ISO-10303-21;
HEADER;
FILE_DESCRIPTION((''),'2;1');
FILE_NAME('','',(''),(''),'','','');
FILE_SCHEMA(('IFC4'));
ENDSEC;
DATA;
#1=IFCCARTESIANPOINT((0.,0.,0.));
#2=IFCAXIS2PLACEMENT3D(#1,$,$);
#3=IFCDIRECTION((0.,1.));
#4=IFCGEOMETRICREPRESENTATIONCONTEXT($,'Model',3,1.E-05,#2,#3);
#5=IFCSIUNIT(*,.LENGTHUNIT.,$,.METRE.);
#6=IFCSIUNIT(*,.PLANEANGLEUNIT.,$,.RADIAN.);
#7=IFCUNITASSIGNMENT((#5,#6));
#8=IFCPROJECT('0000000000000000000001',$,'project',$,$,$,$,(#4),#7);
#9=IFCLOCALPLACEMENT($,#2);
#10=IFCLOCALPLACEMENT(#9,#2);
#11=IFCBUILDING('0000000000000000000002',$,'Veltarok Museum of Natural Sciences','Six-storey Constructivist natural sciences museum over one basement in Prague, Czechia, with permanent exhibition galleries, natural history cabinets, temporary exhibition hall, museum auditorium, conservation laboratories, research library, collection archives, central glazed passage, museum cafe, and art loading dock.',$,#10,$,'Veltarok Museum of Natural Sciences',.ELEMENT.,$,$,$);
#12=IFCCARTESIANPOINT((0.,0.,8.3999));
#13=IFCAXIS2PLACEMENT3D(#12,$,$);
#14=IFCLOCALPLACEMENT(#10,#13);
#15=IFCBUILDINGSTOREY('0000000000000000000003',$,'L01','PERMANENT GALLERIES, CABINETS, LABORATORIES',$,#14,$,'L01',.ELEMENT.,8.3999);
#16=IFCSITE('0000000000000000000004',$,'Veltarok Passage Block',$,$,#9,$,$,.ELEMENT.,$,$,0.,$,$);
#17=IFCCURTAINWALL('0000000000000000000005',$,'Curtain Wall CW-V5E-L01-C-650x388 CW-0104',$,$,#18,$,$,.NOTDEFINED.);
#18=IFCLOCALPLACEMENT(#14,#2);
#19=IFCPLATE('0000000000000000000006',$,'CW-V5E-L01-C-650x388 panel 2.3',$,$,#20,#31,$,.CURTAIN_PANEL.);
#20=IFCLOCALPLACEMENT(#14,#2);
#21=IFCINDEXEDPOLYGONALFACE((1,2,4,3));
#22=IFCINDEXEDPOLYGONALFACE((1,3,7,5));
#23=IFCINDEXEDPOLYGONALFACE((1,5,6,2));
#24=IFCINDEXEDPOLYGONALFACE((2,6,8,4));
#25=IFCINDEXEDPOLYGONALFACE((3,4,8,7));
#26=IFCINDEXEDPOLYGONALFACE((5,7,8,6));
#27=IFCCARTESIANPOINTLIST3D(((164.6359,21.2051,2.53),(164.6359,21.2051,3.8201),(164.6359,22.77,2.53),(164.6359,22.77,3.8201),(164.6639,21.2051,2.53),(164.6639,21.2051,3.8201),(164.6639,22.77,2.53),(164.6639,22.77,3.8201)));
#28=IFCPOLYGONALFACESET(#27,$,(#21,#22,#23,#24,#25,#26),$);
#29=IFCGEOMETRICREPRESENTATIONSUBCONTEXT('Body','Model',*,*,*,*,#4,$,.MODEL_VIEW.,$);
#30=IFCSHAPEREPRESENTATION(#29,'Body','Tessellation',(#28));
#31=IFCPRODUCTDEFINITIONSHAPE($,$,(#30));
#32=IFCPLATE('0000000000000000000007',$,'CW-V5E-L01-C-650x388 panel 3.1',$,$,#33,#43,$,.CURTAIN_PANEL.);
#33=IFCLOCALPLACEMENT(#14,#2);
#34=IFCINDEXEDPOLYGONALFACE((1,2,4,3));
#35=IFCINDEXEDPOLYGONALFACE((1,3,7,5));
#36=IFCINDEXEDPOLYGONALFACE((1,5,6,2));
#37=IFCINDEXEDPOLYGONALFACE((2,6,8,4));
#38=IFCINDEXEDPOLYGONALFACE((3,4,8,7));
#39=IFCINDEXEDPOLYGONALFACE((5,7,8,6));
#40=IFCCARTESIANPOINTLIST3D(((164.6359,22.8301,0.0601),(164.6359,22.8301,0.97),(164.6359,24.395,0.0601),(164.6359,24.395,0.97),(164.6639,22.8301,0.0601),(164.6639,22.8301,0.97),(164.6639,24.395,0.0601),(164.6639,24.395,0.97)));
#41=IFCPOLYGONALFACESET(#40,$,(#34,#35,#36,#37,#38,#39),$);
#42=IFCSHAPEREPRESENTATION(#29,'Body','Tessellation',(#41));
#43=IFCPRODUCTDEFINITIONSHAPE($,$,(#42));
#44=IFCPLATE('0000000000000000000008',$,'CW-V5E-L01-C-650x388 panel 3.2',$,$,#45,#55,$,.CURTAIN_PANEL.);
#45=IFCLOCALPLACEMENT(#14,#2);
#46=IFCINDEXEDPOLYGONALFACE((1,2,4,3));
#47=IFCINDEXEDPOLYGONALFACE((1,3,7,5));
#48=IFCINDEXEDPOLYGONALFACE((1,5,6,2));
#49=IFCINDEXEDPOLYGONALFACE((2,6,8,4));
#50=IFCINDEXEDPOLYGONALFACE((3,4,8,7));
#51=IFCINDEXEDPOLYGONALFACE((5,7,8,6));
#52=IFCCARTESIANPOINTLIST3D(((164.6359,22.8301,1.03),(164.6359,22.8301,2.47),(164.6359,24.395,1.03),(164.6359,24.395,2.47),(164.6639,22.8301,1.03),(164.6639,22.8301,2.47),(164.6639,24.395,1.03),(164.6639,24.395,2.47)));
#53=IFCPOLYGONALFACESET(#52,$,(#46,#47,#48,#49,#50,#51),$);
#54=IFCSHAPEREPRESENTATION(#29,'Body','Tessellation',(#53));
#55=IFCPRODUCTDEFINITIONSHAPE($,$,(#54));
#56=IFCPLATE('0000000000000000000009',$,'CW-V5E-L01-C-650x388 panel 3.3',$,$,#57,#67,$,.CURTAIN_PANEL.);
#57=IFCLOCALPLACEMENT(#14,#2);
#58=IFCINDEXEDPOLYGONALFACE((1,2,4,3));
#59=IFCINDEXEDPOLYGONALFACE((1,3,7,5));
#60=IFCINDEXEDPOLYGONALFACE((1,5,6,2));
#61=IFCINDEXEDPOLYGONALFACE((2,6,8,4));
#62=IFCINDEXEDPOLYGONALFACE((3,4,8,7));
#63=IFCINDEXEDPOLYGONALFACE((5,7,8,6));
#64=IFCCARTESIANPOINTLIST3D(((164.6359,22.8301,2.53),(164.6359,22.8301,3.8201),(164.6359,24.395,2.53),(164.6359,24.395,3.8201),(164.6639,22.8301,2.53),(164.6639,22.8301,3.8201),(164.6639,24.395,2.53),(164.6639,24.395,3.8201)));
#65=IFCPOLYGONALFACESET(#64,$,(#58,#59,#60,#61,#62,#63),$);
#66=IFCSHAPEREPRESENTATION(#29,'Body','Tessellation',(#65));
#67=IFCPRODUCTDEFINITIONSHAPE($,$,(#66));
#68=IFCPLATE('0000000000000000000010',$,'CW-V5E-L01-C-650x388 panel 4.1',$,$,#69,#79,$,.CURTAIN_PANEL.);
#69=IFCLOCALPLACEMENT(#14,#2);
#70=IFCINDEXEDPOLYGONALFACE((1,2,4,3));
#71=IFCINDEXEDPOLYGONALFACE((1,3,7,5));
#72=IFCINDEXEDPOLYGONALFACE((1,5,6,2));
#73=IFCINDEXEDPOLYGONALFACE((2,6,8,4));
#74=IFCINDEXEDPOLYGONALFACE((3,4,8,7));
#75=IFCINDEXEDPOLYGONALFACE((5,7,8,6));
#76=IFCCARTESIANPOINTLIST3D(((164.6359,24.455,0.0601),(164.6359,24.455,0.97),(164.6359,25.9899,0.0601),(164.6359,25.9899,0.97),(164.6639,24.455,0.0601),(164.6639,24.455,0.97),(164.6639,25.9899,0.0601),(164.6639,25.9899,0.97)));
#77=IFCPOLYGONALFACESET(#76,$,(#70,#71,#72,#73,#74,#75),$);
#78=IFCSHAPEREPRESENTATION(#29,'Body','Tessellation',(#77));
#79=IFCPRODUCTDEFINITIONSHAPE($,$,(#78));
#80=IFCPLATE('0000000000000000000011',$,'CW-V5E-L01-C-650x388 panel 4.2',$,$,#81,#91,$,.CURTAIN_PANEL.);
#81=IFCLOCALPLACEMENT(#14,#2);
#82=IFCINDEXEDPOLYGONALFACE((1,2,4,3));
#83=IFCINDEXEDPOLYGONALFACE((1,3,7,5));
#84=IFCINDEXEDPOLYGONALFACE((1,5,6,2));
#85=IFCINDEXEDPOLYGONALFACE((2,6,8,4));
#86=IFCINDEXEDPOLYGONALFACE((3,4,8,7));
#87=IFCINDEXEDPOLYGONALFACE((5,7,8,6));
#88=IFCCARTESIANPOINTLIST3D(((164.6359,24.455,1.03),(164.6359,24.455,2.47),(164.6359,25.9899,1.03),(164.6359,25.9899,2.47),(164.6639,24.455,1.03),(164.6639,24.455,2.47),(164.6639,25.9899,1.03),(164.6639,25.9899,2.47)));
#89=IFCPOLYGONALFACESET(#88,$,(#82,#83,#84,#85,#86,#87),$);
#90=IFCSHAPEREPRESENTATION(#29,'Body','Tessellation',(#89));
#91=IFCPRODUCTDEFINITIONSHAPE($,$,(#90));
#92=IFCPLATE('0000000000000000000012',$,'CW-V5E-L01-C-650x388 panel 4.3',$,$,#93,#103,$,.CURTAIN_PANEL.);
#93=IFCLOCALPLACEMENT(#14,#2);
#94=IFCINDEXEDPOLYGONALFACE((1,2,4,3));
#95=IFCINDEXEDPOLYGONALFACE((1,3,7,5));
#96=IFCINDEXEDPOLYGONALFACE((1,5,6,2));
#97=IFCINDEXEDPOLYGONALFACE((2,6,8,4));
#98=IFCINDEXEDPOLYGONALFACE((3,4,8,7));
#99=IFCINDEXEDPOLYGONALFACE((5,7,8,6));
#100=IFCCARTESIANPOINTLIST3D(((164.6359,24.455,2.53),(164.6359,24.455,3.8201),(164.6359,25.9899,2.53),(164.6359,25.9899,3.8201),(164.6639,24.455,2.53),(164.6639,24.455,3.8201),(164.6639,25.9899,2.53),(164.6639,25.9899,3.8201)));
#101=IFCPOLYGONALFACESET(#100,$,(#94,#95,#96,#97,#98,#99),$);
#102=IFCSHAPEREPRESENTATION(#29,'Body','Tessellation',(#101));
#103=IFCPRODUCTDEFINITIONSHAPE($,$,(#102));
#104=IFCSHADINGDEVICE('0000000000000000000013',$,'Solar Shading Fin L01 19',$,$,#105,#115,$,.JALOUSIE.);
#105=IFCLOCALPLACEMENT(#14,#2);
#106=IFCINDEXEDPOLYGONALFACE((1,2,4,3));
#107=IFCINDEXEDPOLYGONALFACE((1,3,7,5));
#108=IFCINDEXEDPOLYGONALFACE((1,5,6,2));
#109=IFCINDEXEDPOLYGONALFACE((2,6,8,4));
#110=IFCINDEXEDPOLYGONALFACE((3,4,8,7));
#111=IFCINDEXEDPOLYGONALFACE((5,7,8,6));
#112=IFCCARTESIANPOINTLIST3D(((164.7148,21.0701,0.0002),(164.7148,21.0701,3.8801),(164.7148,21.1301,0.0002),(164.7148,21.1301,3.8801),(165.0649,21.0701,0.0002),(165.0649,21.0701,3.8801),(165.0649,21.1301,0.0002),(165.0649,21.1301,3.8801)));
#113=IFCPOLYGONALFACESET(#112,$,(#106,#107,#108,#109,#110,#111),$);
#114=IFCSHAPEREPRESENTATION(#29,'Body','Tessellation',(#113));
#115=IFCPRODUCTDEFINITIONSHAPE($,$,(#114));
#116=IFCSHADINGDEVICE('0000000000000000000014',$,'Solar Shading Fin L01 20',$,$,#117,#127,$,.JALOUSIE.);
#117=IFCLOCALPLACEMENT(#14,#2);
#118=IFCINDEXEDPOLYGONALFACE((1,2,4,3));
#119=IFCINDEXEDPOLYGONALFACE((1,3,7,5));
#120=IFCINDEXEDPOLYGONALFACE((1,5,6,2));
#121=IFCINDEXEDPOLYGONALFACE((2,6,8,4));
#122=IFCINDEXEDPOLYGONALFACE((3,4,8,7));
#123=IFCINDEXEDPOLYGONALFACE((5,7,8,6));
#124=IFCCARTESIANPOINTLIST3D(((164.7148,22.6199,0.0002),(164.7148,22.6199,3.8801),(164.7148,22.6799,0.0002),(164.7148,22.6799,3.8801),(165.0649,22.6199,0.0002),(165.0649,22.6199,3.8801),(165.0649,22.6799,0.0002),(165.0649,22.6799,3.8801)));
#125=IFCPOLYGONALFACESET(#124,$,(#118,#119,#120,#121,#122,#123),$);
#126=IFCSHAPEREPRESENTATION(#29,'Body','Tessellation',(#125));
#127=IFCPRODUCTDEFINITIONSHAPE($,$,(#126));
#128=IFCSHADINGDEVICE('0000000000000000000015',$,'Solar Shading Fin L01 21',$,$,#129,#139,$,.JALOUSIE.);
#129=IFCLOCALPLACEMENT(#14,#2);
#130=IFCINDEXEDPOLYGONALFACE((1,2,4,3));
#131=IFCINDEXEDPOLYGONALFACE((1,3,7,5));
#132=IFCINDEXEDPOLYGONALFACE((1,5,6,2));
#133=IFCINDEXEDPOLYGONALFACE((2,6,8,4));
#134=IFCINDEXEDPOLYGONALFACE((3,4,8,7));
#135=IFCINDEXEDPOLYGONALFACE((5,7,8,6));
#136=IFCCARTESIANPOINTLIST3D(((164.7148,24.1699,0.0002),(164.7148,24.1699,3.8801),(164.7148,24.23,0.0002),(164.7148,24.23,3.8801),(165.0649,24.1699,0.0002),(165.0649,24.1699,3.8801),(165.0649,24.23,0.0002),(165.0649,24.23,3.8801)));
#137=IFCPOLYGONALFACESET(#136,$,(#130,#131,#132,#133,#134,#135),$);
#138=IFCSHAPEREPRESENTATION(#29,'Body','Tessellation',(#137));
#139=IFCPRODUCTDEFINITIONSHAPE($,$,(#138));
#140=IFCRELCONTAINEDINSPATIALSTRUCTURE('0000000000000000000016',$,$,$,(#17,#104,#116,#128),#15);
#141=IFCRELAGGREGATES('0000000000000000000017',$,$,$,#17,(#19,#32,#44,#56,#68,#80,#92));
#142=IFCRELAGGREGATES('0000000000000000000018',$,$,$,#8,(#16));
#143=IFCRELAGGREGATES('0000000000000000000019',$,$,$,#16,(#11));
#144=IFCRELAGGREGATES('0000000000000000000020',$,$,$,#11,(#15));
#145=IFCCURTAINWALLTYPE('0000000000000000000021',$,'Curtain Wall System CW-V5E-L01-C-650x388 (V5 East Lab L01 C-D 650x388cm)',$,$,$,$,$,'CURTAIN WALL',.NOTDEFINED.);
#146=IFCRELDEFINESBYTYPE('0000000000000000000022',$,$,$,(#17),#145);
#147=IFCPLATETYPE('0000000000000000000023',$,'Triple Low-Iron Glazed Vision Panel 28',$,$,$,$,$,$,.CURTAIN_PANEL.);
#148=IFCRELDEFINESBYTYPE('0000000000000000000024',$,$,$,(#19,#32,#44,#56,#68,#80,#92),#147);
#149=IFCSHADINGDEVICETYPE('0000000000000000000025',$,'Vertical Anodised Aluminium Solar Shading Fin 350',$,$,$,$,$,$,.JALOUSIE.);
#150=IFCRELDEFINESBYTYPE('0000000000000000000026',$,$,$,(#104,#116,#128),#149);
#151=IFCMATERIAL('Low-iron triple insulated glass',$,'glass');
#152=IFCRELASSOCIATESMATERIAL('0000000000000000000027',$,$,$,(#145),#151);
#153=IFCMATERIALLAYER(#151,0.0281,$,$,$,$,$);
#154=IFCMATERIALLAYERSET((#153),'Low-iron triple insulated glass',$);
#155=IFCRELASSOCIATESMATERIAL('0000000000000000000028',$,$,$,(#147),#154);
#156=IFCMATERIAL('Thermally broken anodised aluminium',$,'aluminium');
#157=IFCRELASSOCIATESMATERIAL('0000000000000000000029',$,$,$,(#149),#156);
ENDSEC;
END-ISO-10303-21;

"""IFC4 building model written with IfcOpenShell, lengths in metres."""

from ifc_helpers import new_model, si_unit, direction, frame, origin, origin_2d, place, context, subcontext, project, spatial, rectangle, extrude, material, layer, layer_set, type_object, element, aggregate, save


model = new_model("IFC4")

# Units and contexts
model_context = context("Model", 3, precision=1e-05, world=origin(), true_north=direction((0.0, 1.0)))
body_context = subcontext(model_context, "Body", "Model", "MODEL_VIEW")
ifc_project = project(units=[si_unit("LENGTHUNIT", "METRE"), si_unit("PLANEANGLEUNIT", "RADIAN")], contexts=[model_context])

# Site, building, storey
site_placement = place(None, origin())
site = spatial("IfcSite", under=ifc_project, at=site_placement, Name="Veltarok Passage Block", CompositionType="ELEMENT", RefElevation=0.0)
building_placement = place(site_placement, origin())
building = spatial("IfcBuilding", under=site, at=building_placement, Name="Veltarok Museum of Natural Sciences", Description="Six-storey Constructivist natural sciences museum over one basement in Prague, Czechia, with permanent exhibition galleries, natural history cabinets, temporary exhibition hall, museum auditorium, conservation laboratories, research library, collection archives, central glazed passage, museum cafe, and art loading dock.", LongName="Veltarok Museum of Natural Sciences", CompositionType="ELEMENT")
storey_placement = place(building_placement, frame((0.0, 0.0, 8.3999)))
storey = spatial("IfcBuildingStorey", under=building, at=storey_placement, Name="L01", Description="PERMANENT GALLERIES, CABINETS, LABORATORIES", LongName="L01", CompositionType="ELEMENT", Elevation=8.3999)

# Curtain wall, plates
ifc_material_1 = material(Name="Low-iron triple insulated glass", Category="glass")
curtain_wall_type = type_object("IfcCurtainWallType", Name="Curtain Wall System CW-V5E-L01-C-650x388 (V5 East Lab L01 C-D 650x388cm)", ElementType="CURTAIN WALL", PredefinedType="NOTDEFINED", material=ifc_material_1)
curtain_wall_placement = place(storey_placement, origin())
curtain_wall = element("IfcCurtainWall", 1, at=curtain_wall_placement, inside=storey, type_object=curtain_wall_type, Name="Curtain Wall CW-V5E-L01-C-650x388 CW-0104", PredefinedType="NOTDEFINED")
ifc_material_2 = material(Name="Thermally broken anodised aluminium", Category="aluminium")
ifc_layer = layer(ifc_material_1, 0.0281)
ifc_layer_set = layer_set([ifc_layer], Name="Low-iron triple insulated glass")
plate_type = type_object("IfcPlateType", Name="Triple Low-Iron Glazed Vision Panel 28", PredefinedType="CURTAIN_PANEL", material=ifc_layer_set)
plate_1_placement = place(storey_placement, frame((164.6499, 21.9875, 2.53), z_axis=(0.0, 0.0, 1.0), x_axis=(0.0, 1.0, 0.0)))
plate_1 = element("IfcPlate", 2, at=plate_1_placement, type_object=plate_type, Name="CW-V5E-L01-C-650x388 panel 2.3", PredefinedType="CURTAIN_PANEL", context=body_context, shape_type="SweptSolid", body=[
    extrude(rectangle(XDim=1.5649, YDim=0.0281, at=origin_2d()), origin(), (0.0, 0.0, 1.0), 1.29),
])
plate_2_placement = place(storey_placement, frame((164.6499, 23.6125, 0.0601), z_axis=(0.0, 0.0, 1.0), x_axis=(0.0, 1.0, 0.0)))
plate_2 = element("IfcPlate", 3, at=plate_2_placement, type_object=plate_type, Name="CW-V5E-L01-C-650x388 panel 3.1", PredefinedType="CURTAIN_PANEL", context=body_context, shape_type="SweptSolid", body=[
    extrude(rectangle(XDim=1.5649, YDim=0.0281, at=origin_2d()), origin(), (0.0, 0.0, 1.0), 0.9099),
])
plate_3_placement = place(storey_placement, frame((164.6499, 23.6125, 1.03), z_axis=(0.0, 0.0, 1.0), x_axis=(0.0, 1.0, 0.0)))
plate_3 = element("IfcPlate", 4, at=plate_3_placement, type_object=plate_type, Name="CW-V5E-L01-C-650x388 panel 3.2", PredefinedType="CURTAIN_PANEL", context=body_context, shape_type="SweptSolid", body=[
    extrude(rectangle(XDim=1.5649, YDim=0.0281, at=origin_2d()), origin(), (0.0, 0.0, 1.0), 1.4399),
])
plate_4_placement = place(storey_placement, frame((164.6499, 23.6125, 2.53), z_axis=(0.0, 0.0, 1.0), x_axis=(0.0, 1.0, 0.0)))
plate_4 = element("IfcPlate", 5, at=plate_4_placement, type_object=plate_type, Name="CW-V5E-L01-C-650x388 panel 3.3", PredefinedType="CURTAIN_PANEL", context=body_context, shape_type="SweptSolid", body=[
    extrude(rectangle(XDim=1.5649, YDim=0.0281, at=origin_2d()), origin(), (0.0, 0.0, 1.0), 1.29),
])
plate_5_placement = place(storey_placement, frame((164.6499, 25.2224, 0.0601), z_axis=(0.0, 0.0, 1.0), x_axis=(0.0, 1.0, 0.0)))
plate_5 = element("IfcPlate", 6, at=plate_5_placement, type_object=plate_type, Name="CW-V5E-L01-C-650x388 panel 4.1", PredefinedType="CURTAIN_PANEL", context=body_context, shape_type="SweptSolid", body=[
    extrude(rectangle(XDim=1.5349, YDim=0.0281, at=origin_2d()), origin(), (0.0, 0.0, 1.0), 0.9099),
])
plate_6_placement = place(storey_placement, frame((164.6499, 25.2224, 1.03), z_axis=(0.0, 0.0, 1.0), x_axis=(0.0, 1.0, 0.0)))
plate_6 = element("IfcPlate", 7, at=plate_6_placement, type_object=plate_type, Name="CW-V5E-L01-C-650x388 panel 4.2", PredefinedType="CURTAIN_PANEL", context=body_context, shape_type="SweptSolid", body=[
    extrude(rectangle(XDim=1.5349, YDim=0.0281, at=origin_2d()), origin(), (0.0, 0.0, 1.0), 1.4399),
])
plate_7_placement = place(storey_placement, frame((164.6499, 25.2224, 2.53), z_axis=(0.0, 0.0, 1.0), x_axis=(0.0, 1.0, 0.0)))
plate_7 = element("IfcPlate", 8, at=plate_7_placement, type_object=plate_type, Name="CW-V5E-L01-C-650x388 panel 4.3", PredefinedType="CURTAIN_PANEL", context=body_context, shape_type="SweptSolid", body=[
    extrude(rectangle(XDim=1.5349, YDim=0.0281, at=origin_2d()), origin(), (0.0, 0.0, 1.0), 1.29),
])
aggregate(curtain_wall, [plate_1, plate_2, plate_3, plate_4, plate_5, plate_6, plate_7])

# Shading devices
shading_device_type = type_object("IfcShadingDeviceType", Name="Vertical Anodised Aluminium Solar Shading Fin 350", PredefinedType="JALOUSIE", material=ifc_material_2)
for number, where, z_axis, x_axis, name in (
    (9, (164.8899, 21.1001, 0.0002), (0.0, 0.0, 1.0), (1.0, 0.0, 0.0), "Solar Shading Fin L01 19"),
    (10, (164.8899, 22.6499, 0.0002), (0.0, 0.0, 1.0), (1.0, 0.0, 0.0), "Solar Shading Fin L01 20"),
    (11, (164.8899, 24.2, 0.0002), (0.0, 0.0, 1.0), (1.0, 0.0, 0.0), "Solar Shading Fin L01 21"),
):
    element("IfcShadingDevice", number, at=place(storey_placement, frame(where, z_axis=z_axis, x_axis=x_axis)), inside=storey, type_object=shading_device_type, Name=name, PredefinedType="JALOUSIE", context=body_context, shape_type="SweptSolid", body=[
        extrude(rectangle(XDim=0.3501, YDim=0.0601, at=origin_2d()), origin(), (0.0, 0.0, 1.0), 3.8799),
    ])

save(model, "model.ifc")
